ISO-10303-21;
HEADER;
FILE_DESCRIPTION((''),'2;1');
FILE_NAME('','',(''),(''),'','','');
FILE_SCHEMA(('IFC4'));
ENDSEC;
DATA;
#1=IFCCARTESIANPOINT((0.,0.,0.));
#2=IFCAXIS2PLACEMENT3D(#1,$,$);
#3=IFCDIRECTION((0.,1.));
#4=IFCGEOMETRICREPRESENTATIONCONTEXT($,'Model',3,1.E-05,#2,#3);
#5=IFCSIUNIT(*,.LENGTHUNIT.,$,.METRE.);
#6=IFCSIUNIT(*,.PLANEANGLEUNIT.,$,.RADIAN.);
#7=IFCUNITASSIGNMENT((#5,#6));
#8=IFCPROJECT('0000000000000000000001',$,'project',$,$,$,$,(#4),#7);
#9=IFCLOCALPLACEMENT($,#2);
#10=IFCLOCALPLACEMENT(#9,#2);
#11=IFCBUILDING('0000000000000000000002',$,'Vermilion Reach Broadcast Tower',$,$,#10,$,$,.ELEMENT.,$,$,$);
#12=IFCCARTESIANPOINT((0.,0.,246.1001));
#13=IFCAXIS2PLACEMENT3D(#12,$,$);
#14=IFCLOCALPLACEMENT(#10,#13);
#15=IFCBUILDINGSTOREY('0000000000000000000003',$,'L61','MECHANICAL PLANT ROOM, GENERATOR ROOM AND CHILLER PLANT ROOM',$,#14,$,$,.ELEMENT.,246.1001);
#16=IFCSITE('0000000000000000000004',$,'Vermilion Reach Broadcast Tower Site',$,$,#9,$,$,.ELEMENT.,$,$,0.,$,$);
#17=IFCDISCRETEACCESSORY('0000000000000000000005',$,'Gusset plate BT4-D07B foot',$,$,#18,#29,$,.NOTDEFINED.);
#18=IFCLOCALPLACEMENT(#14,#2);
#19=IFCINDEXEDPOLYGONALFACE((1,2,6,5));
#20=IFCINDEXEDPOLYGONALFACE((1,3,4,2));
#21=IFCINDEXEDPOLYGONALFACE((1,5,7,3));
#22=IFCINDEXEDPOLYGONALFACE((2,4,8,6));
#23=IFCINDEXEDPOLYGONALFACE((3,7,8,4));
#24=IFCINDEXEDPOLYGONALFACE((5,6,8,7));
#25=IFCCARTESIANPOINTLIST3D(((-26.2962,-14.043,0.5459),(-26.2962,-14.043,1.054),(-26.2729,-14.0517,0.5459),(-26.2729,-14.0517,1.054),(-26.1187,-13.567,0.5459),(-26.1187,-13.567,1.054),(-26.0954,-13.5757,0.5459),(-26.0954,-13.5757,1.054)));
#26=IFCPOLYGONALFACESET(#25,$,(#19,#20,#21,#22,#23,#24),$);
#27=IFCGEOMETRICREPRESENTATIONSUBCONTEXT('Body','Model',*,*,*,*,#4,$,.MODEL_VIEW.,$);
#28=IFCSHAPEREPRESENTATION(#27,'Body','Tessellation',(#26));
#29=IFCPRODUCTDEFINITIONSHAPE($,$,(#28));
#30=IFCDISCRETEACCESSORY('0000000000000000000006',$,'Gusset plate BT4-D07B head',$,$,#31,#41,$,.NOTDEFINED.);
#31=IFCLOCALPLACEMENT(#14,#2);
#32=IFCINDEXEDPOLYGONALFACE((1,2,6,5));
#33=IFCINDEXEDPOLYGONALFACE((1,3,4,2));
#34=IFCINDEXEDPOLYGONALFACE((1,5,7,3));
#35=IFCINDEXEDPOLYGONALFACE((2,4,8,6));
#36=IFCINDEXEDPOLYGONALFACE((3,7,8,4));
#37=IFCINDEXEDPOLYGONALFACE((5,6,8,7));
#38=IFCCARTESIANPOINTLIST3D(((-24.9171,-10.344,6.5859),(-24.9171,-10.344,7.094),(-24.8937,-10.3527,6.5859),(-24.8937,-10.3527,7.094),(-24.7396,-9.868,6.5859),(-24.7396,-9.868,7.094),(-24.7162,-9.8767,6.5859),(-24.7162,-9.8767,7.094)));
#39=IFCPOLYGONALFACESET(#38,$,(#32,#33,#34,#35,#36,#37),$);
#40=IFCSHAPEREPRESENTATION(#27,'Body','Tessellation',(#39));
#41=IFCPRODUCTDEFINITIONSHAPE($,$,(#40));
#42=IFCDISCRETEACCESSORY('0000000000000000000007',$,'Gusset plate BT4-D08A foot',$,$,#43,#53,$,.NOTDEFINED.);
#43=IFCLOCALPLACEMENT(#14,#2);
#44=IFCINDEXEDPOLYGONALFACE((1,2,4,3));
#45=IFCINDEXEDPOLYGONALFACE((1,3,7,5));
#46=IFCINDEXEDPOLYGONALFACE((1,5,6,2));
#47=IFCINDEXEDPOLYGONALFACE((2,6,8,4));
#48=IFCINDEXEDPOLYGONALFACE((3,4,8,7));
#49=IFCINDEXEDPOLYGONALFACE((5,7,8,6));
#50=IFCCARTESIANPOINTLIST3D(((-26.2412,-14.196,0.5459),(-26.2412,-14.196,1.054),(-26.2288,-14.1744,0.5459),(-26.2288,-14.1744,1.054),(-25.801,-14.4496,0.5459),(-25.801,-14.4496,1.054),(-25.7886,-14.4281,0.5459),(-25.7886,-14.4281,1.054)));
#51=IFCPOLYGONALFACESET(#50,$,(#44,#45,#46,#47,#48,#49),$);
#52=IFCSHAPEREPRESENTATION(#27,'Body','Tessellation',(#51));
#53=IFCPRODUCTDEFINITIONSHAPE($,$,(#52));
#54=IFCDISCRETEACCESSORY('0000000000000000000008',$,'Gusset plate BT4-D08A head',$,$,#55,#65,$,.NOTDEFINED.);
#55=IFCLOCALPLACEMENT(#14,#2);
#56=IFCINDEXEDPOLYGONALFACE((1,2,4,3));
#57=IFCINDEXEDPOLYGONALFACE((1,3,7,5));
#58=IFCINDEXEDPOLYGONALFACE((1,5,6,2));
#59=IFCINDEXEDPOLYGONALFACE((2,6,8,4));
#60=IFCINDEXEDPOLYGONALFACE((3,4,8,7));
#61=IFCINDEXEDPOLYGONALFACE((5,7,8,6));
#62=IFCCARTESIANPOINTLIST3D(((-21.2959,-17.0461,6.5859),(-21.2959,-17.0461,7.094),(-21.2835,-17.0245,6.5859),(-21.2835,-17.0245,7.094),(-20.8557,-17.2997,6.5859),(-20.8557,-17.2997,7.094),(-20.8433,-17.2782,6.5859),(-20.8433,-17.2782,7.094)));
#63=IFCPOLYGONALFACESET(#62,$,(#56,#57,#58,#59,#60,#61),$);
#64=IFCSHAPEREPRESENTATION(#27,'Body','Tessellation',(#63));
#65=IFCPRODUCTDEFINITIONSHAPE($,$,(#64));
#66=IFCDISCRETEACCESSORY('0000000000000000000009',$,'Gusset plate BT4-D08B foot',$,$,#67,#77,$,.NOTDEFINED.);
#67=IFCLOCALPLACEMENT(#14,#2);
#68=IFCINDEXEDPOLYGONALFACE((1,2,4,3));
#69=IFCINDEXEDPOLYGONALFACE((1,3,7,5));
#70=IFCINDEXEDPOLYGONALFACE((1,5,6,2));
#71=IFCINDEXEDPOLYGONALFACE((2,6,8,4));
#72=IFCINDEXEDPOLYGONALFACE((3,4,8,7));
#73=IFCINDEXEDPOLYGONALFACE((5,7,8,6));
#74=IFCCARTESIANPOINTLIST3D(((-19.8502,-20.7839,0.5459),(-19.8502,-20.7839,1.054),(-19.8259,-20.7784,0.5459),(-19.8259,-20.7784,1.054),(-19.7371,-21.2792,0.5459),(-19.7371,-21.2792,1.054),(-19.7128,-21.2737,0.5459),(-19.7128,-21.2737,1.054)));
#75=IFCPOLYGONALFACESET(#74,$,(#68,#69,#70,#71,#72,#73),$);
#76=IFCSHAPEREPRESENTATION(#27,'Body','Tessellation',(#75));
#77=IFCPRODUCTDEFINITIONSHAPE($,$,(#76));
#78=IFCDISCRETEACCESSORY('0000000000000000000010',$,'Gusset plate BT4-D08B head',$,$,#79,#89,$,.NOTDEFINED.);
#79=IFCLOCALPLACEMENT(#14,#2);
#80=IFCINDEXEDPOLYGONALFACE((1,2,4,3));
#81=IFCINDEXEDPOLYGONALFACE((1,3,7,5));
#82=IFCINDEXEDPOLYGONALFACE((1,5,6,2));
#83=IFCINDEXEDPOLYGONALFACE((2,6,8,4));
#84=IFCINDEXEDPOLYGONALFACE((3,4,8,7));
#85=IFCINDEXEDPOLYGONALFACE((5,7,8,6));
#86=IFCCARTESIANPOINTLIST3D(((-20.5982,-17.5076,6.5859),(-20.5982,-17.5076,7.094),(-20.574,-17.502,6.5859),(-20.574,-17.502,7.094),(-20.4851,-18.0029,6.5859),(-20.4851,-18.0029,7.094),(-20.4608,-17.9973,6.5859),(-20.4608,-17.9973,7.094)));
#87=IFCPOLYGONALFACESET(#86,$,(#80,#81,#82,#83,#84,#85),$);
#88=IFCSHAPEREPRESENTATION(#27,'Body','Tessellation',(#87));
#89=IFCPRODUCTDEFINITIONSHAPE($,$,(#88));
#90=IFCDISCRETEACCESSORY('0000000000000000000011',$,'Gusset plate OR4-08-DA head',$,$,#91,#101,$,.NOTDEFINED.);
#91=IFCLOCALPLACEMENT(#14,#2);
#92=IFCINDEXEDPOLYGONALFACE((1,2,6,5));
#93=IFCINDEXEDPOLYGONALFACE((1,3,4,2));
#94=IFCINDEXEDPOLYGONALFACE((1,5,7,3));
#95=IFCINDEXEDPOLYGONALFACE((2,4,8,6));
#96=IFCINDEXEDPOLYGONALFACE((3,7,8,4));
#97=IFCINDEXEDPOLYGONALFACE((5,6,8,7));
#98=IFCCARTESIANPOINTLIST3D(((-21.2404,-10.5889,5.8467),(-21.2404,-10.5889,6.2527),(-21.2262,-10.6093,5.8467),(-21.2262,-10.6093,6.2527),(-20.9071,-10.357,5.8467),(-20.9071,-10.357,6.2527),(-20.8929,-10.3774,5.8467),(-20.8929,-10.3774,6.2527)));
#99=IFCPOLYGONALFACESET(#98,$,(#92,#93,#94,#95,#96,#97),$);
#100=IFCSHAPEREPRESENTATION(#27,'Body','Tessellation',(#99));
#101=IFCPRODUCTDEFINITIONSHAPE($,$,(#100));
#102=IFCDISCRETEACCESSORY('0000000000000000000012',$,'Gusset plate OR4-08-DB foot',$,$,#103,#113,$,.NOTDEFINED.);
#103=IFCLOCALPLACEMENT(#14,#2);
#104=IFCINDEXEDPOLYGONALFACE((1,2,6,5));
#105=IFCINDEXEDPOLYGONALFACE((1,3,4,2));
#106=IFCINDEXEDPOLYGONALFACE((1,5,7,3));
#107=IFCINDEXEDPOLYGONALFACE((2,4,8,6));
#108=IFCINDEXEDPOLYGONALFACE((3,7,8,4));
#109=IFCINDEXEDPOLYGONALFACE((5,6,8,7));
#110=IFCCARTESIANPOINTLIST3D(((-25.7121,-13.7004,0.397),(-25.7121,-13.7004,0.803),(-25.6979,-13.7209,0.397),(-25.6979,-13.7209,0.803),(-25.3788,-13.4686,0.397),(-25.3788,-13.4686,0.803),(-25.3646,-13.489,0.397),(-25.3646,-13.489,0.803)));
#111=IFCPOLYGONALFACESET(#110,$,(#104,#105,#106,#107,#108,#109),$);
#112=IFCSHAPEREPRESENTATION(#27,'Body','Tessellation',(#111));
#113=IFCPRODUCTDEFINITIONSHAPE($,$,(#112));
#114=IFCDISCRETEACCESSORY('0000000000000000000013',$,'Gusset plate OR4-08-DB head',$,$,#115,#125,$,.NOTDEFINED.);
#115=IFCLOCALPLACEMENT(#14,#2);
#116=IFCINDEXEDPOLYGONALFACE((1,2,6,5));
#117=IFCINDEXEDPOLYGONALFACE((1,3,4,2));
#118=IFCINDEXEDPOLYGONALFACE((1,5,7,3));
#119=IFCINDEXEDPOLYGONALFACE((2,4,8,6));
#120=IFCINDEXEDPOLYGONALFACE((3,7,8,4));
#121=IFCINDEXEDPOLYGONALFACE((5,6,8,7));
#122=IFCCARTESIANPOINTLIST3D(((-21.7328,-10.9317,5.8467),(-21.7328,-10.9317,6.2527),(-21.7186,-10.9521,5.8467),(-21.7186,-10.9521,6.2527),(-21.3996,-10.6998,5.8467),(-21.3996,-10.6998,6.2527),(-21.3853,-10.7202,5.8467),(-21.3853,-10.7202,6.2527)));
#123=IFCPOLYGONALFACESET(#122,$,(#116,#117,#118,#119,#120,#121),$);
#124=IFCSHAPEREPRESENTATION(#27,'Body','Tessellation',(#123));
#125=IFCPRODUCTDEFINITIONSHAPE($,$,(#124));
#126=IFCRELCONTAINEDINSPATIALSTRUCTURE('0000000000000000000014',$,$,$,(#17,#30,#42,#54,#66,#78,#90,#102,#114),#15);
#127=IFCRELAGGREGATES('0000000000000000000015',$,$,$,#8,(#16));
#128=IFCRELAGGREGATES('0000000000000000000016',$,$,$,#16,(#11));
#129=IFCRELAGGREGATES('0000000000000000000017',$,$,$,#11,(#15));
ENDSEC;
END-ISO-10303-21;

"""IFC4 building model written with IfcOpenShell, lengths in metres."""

from ifc_helpers import new_model, si_unit, direction, frame, origin, origin_2d, place, context, subcontext, project, spatial, rectangle, extrude, element, save


model = new_model("IFC4")

# Units and contexts
model_context = context("Model", 3, precision=1e-05, world=origin(), true_north=direction((0.0, 1.0)))
body_context = subcontext(model_context, "Body", "Model", "MODEL_VIEW")
ifc_project = project(units=[si_unit("LENGTHUNIT", "METRE"), si_unit("PLANEANGLEUNIT", "RADIAN")], contexts=[model_context])

# Site, building, storey
site_placement = place(None, origin())
site = spatial("IfcSite", under=ifc_project, at=site_placement, Name="Vermilion Reach Broadcast Tower Site", CompositionType="ELEMENT", RefElevation=0.0)
building_placement = place(site_placement, origin())
building = spatial("IfcBuilding", under=site, at=building_placement, Name="Vermilion Reach Broadcast Tower", CompositionType="ELEMENT")
storey_placement = place(building_placement, frame((0.0, 0.0, 246.1001)))
storey = spatial("IfcBuildingStorey", under=building, at=storey_placement, Name="L61", Description="MECHANICAL PLANT ROOM, GENERATOR ROOM AND CHILLER PLANT ROOM", CompositionType="ELEMENT", Elevation=246.1001)

# Discrete accessories
for number, where, z_axis, x_axis, name in (
    (1, (-26.1958, -13.8093, 0.5459), (0.0, 0.0, 1.0), (-0.936985, 0.349369, 0.0), "Gusset plate BT4-D07B foot"),
    (2, (-24.8167, -10.1104, 6.5859), (0.0, 0.0, 1.0), (-0.936985, 0.349369, 0.0), "Gusset plate BT4-D07B head"),
    (3, (-26.0149, -14.312, 0.5459), (0.0, 0.0, 1.0), (0.49933, 0.866412, 0.0), "Gusset plate BT4-D08A foot"),
    (4, (-21.0696, -17.1621, 6.5859), (0.0, 0.0, 1.0), (0.49933, 0.866412, 0.0), "Gusset plate BT4-D08A head"),
    (5, (-19.7815, -21.0288, 0.5459), (0.0, 0.0, 1.0), (-0.974901, -0.222639, 0.0), "Gusset plate BT4-D08B foot"),
    (6, (-20.5295, -17.7524, 6.5859), (0.0, 0.0, 1.0), (-0.974901, -0.222639, 0.0), "Gusset plate BT4-D08B head"),
):
    element("IfcDiscreteAccessory", number, at=place(storey_placement, frame(where, z_axis=z_axis, x_axis=x_axis)), inside=storey, Name=name, PredefinedType="NOTDEFINED", context=body_context, shape_type="SweptSolid", body=[
        extrude(rectangle(XDim=0.0249, YDim=0.5081, at=origin_2d()), origin(), (0.0, 0.0, 1.0), 0.5081),
    ])
for number, where, z_axis, x_axis, name in (
    (7, (-21.0667, -10.4832, 5.8467), (0.0, 0.0, 1.0), (0.571143, -0.82085, 0.0), "Gusset plate OR4-08-DA head"),
    (8, (-25.5383, -13.5947, 0.397), (0.0, 0.0, 1.0), (0.571143, -0.82085, 0.0), "Gusset plate OR4-08-DB foot"),
    (9, (-21.5591, -10.8259, 5.8467), (0.0, 0.0, 1.0), (0.571143, -0.82085, 0.0), "Gusset plate OR4-08-DB head"),
):
    element("IfcDiscreteAccessory", number, at=place(storey_placement, frame(where, z_axis=z_axis, x_axis=x_axis)), inside=storey, Name=name, PredefinedType="NOTDEFINED", context=body_context, shape_type="SweptSolid", body=[
        extrude(rectangle(XDim=0.0249, YDim=0.406, at=origin_2d()), origin(), (0.0, 0.0, 1.0), 0.406),
    ])

save(model, "model.ifc")
